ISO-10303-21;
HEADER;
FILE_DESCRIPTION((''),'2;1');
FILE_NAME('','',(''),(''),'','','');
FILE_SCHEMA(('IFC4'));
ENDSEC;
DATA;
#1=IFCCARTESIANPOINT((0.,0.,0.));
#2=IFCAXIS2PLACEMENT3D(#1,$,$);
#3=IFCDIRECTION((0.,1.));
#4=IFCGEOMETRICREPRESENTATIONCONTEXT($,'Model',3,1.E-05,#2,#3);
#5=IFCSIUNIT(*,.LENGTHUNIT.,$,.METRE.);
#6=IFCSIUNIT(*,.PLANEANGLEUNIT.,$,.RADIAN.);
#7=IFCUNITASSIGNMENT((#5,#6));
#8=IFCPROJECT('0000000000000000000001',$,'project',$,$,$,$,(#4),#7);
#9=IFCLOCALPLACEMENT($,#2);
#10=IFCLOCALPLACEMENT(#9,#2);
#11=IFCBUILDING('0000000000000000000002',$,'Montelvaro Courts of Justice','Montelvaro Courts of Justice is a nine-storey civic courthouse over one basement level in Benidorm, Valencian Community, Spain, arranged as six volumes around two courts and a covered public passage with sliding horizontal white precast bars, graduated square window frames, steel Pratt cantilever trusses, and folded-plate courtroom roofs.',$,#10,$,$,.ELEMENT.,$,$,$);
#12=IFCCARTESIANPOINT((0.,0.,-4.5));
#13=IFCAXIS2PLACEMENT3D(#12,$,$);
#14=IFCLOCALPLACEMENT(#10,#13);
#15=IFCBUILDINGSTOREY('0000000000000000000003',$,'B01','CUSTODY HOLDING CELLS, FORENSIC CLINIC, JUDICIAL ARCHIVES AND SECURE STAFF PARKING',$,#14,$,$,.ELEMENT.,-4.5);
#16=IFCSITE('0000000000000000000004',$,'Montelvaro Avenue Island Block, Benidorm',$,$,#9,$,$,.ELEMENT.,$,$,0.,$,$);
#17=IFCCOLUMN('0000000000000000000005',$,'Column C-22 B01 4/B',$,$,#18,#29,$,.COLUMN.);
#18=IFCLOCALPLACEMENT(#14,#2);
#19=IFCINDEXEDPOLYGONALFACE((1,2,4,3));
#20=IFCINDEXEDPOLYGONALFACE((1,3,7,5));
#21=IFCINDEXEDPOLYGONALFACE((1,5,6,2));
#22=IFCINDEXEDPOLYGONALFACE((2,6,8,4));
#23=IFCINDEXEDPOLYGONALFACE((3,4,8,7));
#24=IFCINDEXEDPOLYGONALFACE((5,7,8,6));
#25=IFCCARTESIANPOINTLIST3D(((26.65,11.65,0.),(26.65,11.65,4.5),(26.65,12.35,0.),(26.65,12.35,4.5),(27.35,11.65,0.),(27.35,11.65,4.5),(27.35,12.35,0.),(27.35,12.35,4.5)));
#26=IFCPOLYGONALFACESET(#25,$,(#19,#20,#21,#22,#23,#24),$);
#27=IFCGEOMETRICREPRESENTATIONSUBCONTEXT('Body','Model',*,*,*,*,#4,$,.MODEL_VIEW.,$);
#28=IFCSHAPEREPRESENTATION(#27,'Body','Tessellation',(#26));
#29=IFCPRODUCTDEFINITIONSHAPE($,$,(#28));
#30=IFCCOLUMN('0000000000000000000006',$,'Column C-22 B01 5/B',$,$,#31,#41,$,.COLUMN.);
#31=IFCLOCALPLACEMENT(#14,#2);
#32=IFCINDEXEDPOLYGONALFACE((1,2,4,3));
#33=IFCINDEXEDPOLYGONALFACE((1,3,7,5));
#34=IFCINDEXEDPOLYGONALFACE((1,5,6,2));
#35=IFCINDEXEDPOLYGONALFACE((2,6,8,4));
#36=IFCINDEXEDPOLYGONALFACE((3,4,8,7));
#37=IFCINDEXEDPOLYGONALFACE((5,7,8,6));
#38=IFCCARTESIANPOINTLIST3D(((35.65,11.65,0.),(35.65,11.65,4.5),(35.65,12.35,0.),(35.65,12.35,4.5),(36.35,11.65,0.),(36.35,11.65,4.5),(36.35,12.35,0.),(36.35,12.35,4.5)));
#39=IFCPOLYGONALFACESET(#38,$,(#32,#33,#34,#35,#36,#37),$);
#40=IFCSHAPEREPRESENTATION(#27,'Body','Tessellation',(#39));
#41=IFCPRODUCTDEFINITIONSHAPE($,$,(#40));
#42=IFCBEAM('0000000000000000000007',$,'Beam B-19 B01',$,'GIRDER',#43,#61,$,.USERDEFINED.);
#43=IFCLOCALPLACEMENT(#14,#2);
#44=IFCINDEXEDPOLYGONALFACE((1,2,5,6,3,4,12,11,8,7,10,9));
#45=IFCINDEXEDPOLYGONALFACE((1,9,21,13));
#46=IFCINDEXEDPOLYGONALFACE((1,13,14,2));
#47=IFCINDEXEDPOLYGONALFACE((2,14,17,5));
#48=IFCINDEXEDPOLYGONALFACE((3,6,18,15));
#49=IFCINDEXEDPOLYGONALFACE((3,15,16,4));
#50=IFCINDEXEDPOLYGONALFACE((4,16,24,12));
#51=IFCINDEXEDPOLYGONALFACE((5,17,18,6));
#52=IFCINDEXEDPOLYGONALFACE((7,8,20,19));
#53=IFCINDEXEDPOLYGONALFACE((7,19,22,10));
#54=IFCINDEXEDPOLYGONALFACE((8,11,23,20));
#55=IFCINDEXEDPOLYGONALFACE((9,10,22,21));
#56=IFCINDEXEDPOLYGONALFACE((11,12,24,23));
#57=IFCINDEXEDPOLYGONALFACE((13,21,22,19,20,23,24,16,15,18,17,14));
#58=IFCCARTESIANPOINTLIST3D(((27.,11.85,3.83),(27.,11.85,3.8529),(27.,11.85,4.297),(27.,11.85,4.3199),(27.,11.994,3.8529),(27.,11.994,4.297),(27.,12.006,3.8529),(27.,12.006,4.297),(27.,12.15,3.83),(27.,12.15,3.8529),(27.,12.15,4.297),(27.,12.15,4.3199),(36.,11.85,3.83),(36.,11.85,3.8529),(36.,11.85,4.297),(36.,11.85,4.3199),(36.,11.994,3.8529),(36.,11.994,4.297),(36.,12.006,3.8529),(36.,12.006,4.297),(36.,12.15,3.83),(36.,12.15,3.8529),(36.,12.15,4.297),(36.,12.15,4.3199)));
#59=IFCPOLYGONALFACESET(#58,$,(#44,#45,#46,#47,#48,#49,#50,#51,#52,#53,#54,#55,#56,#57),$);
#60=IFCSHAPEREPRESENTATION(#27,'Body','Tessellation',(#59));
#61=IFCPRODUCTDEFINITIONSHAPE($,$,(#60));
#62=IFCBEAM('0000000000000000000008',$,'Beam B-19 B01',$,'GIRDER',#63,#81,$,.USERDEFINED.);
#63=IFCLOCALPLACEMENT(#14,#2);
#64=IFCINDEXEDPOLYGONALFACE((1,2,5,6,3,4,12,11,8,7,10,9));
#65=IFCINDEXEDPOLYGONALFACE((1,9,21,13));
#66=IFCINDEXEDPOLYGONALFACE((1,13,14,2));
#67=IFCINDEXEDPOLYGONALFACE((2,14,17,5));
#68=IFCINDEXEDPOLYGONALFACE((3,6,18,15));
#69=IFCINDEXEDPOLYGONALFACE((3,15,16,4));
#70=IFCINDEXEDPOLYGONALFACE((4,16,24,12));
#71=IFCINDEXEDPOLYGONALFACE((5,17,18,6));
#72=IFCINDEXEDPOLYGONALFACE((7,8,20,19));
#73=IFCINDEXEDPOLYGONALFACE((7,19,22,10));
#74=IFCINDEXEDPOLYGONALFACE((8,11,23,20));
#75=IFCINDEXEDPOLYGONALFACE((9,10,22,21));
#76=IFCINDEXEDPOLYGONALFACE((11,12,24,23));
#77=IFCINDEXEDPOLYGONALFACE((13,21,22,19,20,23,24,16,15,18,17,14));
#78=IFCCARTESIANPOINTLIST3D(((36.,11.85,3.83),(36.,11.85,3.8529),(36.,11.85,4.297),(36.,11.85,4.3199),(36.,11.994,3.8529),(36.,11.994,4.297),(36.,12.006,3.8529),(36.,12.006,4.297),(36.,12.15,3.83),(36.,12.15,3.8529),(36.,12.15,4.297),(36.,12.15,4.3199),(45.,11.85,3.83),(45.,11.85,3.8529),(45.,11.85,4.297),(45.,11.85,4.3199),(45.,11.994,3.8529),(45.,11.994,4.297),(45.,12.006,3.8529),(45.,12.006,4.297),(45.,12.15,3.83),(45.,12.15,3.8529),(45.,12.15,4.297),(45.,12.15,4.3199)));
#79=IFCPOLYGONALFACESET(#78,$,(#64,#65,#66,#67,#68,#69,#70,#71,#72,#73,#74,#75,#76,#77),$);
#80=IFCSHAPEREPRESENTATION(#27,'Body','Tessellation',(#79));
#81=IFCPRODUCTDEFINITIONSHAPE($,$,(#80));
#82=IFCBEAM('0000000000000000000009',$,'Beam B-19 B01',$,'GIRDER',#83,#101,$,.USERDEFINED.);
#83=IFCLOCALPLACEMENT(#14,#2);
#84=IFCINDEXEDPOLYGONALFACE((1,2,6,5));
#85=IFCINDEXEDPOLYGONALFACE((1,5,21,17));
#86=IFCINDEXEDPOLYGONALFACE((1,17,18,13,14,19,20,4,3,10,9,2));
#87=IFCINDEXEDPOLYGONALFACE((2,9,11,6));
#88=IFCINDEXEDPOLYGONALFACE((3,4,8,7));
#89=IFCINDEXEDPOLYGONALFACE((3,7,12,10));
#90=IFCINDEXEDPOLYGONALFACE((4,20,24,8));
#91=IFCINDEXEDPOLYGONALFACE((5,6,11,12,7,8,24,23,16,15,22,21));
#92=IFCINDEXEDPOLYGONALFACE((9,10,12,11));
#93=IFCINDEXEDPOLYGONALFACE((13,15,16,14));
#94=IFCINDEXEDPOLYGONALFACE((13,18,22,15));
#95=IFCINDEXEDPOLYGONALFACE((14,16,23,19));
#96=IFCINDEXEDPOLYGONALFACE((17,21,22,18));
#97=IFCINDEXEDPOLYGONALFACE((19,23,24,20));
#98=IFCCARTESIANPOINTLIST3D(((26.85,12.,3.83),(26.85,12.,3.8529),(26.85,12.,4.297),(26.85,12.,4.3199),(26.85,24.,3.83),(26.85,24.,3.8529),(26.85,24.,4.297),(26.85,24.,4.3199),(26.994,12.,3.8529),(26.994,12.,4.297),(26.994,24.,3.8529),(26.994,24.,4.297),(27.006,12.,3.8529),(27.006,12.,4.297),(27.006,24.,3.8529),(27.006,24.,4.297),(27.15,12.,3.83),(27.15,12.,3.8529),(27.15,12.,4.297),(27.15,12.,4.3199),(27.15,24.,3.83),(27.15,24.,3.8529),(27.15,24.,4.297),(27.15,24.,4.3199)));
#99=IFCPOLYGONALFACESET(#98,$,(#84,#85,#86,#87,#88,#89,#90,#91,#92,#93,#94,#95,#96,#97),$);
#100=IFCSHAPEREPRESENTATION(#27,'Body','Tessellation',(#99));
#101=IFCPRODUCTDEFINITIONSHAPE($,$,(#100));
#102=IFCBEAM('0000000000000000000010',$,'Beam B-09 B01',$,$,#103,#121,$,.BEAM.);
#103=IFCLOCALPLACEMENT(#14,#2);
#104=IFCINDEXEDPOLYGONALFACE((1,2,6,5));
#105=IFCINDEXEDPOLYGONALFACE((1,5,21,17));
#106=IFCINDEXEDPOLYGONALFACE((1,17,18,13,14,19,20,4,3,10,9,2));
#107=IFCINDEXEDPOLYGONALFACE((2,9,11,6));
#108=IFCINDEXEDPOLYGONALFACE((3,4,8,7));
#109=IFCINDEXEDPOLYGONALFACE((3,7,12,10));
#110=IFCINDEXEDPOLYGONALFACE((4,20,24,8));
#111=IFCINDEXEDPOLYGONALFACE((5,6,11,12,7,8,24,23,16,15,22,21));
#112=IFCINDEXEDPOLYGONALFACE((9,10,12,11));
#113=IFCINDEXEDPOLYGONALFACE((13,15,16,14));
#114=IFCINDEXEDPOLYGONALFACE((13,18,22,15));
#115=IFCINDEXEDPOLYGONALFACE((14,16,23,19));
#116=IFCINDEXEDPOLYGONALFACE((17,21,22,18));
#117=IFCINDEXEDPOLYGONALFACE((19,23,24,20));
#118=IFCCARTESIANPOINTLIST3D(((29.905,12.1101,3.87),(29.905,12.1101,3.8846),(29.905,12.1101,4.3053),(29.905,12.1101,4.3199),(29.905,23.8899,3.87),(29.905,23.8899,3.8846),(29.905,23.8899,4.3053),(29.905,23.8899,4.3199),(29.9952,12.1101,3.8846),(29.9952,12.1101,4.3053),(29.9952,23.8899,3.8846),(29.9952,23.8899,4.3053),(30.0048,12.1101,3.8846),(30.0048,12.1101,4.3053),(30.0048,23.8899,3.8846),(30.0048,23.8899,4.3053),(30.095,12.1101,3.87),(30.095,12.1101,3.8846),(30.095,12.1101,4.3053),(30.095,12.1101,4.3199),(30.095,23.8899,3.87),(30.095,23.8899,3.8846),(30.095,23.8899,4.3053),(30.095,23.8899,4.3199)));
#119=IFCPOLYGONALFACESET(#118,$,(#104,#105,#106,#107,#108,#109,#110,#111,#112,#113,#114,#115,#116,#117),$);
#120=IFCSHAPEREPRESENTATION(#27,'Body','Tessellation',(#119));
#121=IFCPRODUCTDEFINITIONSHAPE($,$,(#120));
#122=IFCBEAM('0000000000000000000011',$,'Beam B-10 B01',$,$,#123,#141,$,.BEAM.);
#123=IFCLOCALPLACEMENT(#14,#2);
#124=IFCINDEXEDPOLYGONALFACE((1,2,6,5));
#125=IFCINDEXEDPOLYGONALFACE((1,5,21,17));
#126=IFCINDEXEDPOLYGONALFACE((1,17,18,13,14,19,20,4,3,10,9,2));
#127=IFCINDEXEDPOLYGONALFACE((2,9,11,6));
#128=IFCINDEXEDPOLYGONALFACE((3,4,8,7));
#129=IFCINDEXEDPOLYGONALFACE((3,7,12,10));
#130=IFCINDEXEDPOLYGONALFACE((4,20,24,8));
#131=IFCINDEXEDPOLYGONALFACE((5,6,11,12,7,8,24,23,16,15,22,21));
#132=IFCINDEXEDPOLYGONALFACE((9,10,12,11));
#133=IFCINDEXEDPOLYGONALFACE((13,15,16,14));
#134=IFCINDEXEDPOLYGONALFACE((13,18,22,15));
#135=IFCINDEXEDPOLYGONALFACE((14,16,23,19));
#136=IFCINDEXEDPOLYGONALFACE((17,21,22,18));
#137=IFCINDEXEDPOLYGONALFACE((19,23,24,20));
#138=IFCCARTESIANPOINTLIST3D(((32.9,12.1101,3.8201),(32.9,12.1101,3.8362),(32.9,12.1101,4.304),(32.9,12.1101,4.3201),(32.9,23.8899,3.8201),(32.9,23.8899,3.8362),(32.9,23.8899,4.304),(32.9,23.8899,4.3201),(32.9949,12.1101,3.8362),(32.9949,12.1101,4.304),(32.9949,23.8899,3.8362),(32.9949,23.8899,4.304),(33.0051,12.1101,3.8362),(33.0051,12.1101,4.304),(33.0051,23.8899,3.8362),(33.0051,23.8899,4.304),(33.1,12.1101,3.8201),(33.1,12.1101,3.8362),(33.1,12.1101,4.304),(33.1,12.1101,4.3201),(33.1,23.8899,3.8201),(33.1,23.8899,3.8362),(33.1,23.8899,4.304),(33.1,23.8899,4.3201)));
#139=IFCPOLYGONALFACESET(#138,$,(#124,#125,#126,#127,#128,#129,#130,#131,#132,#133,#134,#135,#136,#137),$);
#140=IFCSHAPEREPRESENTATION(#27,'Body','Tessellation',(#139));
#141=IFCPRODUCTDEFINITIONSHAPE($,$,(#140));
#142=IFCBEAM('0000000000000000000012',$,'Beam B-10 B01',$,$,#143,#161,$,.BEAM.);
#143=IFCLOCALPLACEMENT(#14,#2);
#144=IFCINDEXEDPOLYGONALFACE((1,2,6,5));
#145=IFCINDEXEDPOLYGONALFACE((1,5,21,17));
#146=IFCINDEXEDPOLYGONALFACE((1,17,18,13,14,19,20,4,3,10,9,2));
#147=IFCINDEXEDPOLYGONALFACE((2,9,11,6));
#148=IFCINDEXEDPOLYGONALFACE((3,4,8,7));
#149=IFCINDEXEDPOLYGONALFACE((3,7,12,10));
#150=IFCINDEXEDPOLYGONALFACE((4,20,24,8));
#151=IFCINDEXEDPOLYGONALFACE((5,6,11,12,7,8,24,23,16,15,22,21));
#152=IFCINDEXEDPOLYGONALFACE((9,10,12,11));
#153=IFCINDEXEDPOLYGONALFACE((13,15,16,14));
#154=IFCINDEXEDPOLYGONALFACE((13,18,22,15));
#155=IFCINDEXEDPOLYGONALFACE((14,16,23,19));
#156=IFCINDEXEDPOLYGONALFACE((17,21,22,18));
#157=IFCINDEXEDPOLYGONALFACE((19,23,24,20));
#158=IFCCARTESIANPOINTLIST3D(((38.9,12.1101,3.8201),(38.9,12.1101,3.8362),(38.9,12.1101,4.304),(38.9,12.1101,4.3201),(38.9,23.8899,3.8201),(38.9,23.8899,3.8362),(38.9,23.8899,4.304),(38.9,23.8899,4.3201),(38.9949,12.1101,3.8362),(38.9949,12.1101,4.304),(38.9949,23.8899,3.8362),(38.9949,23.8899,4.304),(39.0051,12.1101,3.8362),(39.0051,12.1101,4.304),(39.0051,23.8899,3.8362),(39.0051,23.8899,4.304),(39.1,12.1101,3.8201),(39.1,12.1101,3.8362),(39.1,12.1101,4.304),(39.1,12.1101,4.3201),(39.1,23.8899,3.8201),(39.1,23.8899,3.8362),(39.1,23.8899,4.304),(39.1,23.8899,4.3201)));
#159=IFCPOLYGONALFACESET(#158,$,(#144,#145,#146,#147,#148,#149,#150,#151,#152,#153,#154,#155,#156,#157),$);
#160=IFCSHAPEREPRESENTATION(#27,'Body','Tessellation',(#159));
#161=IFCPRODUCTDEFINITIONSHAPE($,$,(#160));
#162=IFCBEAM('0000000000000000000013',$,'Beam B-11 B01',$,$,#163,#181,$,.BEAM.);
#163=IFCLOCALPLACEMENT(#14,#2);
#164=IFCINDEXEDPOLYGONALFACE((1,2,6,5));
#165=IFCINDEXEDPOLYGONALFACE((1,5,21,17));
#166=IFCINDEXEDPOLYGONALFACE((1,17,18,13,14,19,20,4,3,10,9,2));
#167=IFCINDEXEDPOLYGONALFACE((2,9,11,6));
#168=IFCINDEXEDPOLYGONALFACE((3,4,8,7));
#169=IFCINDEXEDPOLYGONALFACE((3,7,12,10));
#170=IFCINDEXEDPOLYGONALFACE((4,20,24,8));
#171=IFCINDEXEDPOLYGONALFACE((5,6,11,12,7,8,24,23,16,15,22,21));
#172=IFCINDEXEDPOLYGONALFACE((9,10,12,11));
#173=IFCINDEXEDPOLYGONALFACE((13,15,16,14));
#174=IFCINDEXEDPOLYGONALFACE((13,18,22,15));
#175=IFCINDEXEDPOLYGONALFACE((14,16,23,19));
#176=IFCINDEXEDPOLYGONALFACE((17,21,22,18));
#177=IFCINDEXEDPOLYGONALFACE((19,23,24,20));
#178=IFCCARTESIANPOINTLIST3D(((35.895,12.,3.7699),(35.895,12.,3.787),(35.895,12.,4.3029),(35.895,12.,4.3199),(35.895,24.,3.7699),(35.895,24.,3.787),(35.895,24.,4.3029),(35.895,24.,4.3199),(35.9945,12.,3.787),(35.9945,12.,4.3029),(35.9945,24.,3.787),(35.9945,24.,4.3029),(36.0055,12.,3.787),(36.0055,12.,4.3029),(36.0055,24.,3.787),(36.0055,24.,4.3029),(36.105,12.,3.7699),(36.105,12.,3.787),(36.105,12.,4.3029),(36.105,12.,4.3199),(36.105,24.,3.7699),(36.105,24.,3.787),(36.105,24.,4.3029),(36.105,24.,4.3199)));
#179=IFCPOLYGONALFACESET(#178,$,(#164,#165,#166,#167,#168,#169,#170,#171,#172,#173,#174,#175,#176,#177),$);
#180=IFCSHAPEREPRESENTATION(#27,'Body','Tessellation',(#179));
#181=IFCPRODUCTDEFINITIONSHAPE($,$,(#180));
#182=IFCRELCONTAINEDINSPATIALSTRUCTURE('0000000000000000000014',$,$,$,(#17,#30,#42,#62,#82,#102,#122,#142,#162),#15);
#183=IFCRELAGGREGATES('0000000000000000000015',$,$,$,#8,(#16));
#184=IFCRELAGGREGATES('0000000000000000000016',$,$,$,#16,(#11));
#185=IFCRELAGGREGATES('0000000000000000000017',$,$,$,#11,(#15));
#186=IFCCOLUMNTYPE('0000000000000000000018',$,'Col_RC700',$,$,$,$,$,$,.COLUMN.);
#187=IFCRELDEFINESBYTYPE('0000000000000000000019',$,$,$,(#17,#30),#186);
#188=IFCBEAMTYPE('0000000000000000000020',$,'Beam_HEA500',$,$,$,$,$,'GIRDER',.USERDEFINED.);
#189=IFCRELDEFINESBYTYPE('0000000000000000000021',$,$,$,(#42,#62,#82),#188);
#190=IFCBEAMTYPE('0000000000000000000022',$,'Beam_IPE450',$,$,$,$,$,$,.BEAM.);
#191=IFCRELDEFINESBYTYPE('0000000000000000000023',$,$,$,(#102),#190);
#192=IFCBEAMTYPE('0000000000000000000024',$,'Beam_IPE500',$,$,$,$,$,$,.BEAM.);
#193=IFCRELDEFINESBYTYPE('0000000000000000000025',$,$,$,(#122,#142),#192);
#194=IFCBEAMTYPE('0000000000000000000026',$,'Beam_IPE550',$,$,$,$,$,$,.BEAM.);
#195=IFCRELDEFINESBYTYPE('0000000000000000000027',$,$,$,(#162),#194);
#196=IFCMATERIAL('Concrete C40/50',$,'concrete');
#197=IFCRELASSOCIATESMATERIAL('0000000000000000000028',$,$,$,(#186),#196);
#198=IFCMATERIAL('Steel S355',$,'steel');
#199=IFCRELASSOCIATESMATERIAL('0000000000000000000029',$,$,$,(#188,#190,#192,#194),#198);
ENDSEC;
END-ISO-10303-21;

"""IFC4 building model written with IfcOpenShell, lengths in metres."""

from ifc_helpers import new_model, si_unit, direction, frame, origin, origin_2d, place, context, subcontext, project, spatial, rectangle, i_section, extrude, material, material_profile, profile_set, type_object, element, save


model = new_model("IFC4")

# Units and contexts
model_context = context("Model", 3, precision=1e-05, world=origin(), true_north=direction((0.0, 1.0)))
body_context = subcontext(model_context, "Body", "Model", "MODEL_VIEW")
ifc_project = project(units=[si_unit("LENGTHUNIT", "METRE"), si_unit("PLANEANGLEUNIT", "RADIAN")], contexts=[model_context])

# Site, building, storey
site_placement = place(None, origin())
site = spatial("IfcSite", under=ifc_project, at=site_placement, Name="Montelvaro Avenue Island Block, Benidorm", CompositionType="ELEMENT", RefElevation=0.0)
building_placement = place(site_placement, origin())
building = spatial("IfcBuilding", under=site, at=building_placement, Name="Montelvaro Courts of Justice", Description="Montelvaro Courts of Justice is a nine-storey civic courthouse over one basement level in Benidorm, Valencian Community, Spain, arranged as six volumes around two courts and a covered public passage with sliding horizontal white precast bars, graduated square window frames, steel Pratt cantilever trusses, and folded-plate courtroom roofs.", CompositionType="ELEMENT")
storey_placement = place(building_placement, frame((0.0, 0.0, -4.5)))
storey = spatial("IfcBuildingStorey", under=building, at=storey_placement, Name="B01", Description="CUSTODY HOLDING CELLS, FORENSIC CLINIC, JUDICIAL ARCHIVES AND SECURE STAFF PARKING", CompositionType="ELEMENT", Elevation=-4.5)

# Columns
ifc_material_1 = material(Name="Concrete C40/50", Category="concrete")
ifc_material_profile_1 = material_profile(ifc_material_1, rectangle(XDim=0.7, YDim=0.7, at=origin_2d()), Name="RC 700x700")
ifc_profile_set_1 = profile_set([ifc_material_profile_1], Name="Concrete C40/50")
column_type = type_object("IfcColumnType", Name="Col_RC700", PredefinedType="COLUMN", material=ifc_profile_set_1)
for number, where, z_axis, x_axis, name in (
    (1, (27.0, 12.0, 0.0), (0.0, 0.0, 1.0), (1.0, 0.0, 0.0), "Column C-22 B01 4/B"),
    (2, (36.0, 12.0, 0.0), (0.0, 0.0, 1.0), (1.0, 0.0, 0.0), "Column C-22 B01 5/B"),
):
    element("IfcColumn", number, at=place(storey_placement, frame(where, z_axis=z_axis, x_axis=x_axis)), inside=storey, type_object=column_type, Name=name, PredefinedType="COLUMN", context=body_context, shape_type="SweptSolid", body=[
        extrude(rectangle(XDim=0.7, YDim=0.7, at=origin_2d()), origin(), (0.0, 0.0, 1.0), 4.5),
    ])

# Beams
ifc_material_2 = material(Name="Steel S355", Category="steel")
ifc_material_profile_2 = material_profile(ifc_material_2, i_section(OverallWidth=0.3, OverallDepth=0.49, WebThickness=0.012, FlangeThickness=0.0229, at=origin_2d()), Name="HEA 500")
ifc_profile_set_2 = profile_set([ifc_material_profile_2], Name="Steel S355")
beam_type_1 = type_object("IfcBeamType", Name="Beam_HEA500", ElementType="GIRDER", PredefinedType="USERDEFINED", material=ifc_profile_set_2)
for number, where, z_axis, x_axis, name in (
    (3, (27.0, 12.0, 4.075), (1.0, 0.0, 0.0), (0.0, 1.0, 0.0), "Beam B-19 B01"),
    (4, (36.0, 12.0, 4.075), (1.0, 0.0, 0.0), (0.0, 1.0, 0.0), "Beam B-19 B01"),
):
    element("IfcBeam", number, at=place(storey_placement, frame(where, z_axis=z_axis, x_axis=x_axis)), inside=storey, type_object=beam_type_1, Name=name, ObjectType="GIRDER", PredefinedType="USERDEFINED", context=body_context, shape_type="SweptSolid", body=[
        extrude(i_section(OverallWidth=0.3, OverallDepth=0.49, WebThickness=0.012, FlangeThickness=0.0229, at=origin_2d()), origin(), (0.0, 0.0, 1.0), 9.0),
    ])
beam_1_placement = place(storey_placement, frame((27.0, 12.0, 4.075), z_axis=(0.0, 1.0, 0.0), x_axis=(-1.0, 0.0, 0.0)))
element("IfcBeam", 5, at=beam_1_placement, inside=storey, type_object=beam_type_1, Name="Beam B-19 B01", ObjectType="GIRDER", PredefinedType="USERDEFINED", context=body_context, shape_type="SweptSolid", body=[
    extrude(i_section(OverallWidth=0.3, OverallDepth=0.49, WebThickness=0.012, FlangeThickness=0.0229, at=origin_2d()), origin(), (0.0, 0.0, 1.0), 12.0),
])
ifc_material_profile_3 = material_profile(ifc_material_2, i_section(OverallWidth=0.1899, OverallDepth=0.45, WebThickness=0.0095, FlangeThickness=0.0146, at=origin_2d()), Name="IPE 450")
ifc_profile_set_3 = profile_set([ifc_material_profile_3], Name="Steel S355")
beam_type_2 = type_object("IfcBeamType", Name="Beam_IPE450", PredefinedType="BEAM", material=ifc_profile_set_3)
beam_2_placement = place(storey_placement, frame((30.0, 12.1101, 4.095), z_axis=(0.0, 1.0, 0.0), x_axis=(-1.0, 0.0, 0.0)))
element("IfcBeam", 6, at=beam_2_placement, inside=storey, type_object=beam_type_2, Name="Beam B-09 B01", PredefinedType="BEAM", context=body_context, shape_type="SweptSolid", body=[
    extrude(i_section(OverallWidth=0.1899, OverallDepth=0.45, WebThickness=0.0095, FlangeThickness=0.0146, at=origin_2d()), origin(), (0.0, 0.0, 1.0), 11.7798),
])
ifc_material_profile_4 = material_profile(ifc_material_2, i_section(OverallWidth=0.2, OverallDepth=0.5, WebThickness=0.0103, FlangeThickness=0.0161, at=origin_2d()), Name="IPE 500")
ifc_profile_set_4 = profile_set([ifc_material_profile_4], Name="Steel S355")
beam_type_3 = type_object("IfcBeamType", Name="Beam_IPE500", PredefinedType="BEAM", material=ifc_profile_set_4)
for number, where, z_axis, x_axis, name in (
    (7, (33.0, 12.1101, 4.0701), (0.0, 1.0, 0.0), (-1.0, 0.0, 0.0), "Beam B-10 B01"),
    (8, (39.0, 12.1101, 4.0701), (0.0, 1.0, 0.0), (-1.0, 0.0, 0.0), "Beam B-10 B01"),
):
    element("IfcBeam", number, at=place(storey_placement, frame(where, z_axis=z_axis, x_axis=x_axis)), inside=storey, type_object=beam_type_3, Name=name, PredefinedType="BEAM", context=body_context, shape_type="SweptSolid", body=[
        extrude(i_section(OverallWidth=0.2, OverallDepth=0.5, WebThickness=0.0103, FlangeThickness=0.0161, at=origin_2d()), origin(), (0.0, 0.0, 1.0), 11.7798),
    ])
ifc_material_profile_5 = material_profile(ifc_material_2, i_section(OverallWidth=0.21, OverallDepth=0.55, WebThickness=0.011, FlangeThickness=0.0171, at=origin_2d()), Name="IPE 550")
ifc_profile_set_5 = profile_set([ifc_material_profile_5], Name="Steel S355")
beam_type_4 = type_object("IfcBeamType", Name="Beam_IPE550", PredefinedType="BEAM", material=ifc_profile_set_5)
beam_3_placement = place(storey_placement, frame((36.0, 12.0, 4.0449), z_axis=(0.0, 1.0, 0.0), x_axis=(-1.0, 0.0, 0.0)))
element("IfcBeam", 9, at=beam_3_placement, inside=storey, type_object=beam_type_4, Name="Beam B-11 B01", PredefinedType="BEAM", context=body_context, shape_type="SweptSolid", body=[
    extrude(i_section(OverallWidth=0.21, OverallDepth=0.55, WebThickness=0.011, FlangeThickness=0.0171, at=origin_2d()), origin(), (0.0, 0.0, 1.0), 12.0),
])

save(model, "model.ifc")
